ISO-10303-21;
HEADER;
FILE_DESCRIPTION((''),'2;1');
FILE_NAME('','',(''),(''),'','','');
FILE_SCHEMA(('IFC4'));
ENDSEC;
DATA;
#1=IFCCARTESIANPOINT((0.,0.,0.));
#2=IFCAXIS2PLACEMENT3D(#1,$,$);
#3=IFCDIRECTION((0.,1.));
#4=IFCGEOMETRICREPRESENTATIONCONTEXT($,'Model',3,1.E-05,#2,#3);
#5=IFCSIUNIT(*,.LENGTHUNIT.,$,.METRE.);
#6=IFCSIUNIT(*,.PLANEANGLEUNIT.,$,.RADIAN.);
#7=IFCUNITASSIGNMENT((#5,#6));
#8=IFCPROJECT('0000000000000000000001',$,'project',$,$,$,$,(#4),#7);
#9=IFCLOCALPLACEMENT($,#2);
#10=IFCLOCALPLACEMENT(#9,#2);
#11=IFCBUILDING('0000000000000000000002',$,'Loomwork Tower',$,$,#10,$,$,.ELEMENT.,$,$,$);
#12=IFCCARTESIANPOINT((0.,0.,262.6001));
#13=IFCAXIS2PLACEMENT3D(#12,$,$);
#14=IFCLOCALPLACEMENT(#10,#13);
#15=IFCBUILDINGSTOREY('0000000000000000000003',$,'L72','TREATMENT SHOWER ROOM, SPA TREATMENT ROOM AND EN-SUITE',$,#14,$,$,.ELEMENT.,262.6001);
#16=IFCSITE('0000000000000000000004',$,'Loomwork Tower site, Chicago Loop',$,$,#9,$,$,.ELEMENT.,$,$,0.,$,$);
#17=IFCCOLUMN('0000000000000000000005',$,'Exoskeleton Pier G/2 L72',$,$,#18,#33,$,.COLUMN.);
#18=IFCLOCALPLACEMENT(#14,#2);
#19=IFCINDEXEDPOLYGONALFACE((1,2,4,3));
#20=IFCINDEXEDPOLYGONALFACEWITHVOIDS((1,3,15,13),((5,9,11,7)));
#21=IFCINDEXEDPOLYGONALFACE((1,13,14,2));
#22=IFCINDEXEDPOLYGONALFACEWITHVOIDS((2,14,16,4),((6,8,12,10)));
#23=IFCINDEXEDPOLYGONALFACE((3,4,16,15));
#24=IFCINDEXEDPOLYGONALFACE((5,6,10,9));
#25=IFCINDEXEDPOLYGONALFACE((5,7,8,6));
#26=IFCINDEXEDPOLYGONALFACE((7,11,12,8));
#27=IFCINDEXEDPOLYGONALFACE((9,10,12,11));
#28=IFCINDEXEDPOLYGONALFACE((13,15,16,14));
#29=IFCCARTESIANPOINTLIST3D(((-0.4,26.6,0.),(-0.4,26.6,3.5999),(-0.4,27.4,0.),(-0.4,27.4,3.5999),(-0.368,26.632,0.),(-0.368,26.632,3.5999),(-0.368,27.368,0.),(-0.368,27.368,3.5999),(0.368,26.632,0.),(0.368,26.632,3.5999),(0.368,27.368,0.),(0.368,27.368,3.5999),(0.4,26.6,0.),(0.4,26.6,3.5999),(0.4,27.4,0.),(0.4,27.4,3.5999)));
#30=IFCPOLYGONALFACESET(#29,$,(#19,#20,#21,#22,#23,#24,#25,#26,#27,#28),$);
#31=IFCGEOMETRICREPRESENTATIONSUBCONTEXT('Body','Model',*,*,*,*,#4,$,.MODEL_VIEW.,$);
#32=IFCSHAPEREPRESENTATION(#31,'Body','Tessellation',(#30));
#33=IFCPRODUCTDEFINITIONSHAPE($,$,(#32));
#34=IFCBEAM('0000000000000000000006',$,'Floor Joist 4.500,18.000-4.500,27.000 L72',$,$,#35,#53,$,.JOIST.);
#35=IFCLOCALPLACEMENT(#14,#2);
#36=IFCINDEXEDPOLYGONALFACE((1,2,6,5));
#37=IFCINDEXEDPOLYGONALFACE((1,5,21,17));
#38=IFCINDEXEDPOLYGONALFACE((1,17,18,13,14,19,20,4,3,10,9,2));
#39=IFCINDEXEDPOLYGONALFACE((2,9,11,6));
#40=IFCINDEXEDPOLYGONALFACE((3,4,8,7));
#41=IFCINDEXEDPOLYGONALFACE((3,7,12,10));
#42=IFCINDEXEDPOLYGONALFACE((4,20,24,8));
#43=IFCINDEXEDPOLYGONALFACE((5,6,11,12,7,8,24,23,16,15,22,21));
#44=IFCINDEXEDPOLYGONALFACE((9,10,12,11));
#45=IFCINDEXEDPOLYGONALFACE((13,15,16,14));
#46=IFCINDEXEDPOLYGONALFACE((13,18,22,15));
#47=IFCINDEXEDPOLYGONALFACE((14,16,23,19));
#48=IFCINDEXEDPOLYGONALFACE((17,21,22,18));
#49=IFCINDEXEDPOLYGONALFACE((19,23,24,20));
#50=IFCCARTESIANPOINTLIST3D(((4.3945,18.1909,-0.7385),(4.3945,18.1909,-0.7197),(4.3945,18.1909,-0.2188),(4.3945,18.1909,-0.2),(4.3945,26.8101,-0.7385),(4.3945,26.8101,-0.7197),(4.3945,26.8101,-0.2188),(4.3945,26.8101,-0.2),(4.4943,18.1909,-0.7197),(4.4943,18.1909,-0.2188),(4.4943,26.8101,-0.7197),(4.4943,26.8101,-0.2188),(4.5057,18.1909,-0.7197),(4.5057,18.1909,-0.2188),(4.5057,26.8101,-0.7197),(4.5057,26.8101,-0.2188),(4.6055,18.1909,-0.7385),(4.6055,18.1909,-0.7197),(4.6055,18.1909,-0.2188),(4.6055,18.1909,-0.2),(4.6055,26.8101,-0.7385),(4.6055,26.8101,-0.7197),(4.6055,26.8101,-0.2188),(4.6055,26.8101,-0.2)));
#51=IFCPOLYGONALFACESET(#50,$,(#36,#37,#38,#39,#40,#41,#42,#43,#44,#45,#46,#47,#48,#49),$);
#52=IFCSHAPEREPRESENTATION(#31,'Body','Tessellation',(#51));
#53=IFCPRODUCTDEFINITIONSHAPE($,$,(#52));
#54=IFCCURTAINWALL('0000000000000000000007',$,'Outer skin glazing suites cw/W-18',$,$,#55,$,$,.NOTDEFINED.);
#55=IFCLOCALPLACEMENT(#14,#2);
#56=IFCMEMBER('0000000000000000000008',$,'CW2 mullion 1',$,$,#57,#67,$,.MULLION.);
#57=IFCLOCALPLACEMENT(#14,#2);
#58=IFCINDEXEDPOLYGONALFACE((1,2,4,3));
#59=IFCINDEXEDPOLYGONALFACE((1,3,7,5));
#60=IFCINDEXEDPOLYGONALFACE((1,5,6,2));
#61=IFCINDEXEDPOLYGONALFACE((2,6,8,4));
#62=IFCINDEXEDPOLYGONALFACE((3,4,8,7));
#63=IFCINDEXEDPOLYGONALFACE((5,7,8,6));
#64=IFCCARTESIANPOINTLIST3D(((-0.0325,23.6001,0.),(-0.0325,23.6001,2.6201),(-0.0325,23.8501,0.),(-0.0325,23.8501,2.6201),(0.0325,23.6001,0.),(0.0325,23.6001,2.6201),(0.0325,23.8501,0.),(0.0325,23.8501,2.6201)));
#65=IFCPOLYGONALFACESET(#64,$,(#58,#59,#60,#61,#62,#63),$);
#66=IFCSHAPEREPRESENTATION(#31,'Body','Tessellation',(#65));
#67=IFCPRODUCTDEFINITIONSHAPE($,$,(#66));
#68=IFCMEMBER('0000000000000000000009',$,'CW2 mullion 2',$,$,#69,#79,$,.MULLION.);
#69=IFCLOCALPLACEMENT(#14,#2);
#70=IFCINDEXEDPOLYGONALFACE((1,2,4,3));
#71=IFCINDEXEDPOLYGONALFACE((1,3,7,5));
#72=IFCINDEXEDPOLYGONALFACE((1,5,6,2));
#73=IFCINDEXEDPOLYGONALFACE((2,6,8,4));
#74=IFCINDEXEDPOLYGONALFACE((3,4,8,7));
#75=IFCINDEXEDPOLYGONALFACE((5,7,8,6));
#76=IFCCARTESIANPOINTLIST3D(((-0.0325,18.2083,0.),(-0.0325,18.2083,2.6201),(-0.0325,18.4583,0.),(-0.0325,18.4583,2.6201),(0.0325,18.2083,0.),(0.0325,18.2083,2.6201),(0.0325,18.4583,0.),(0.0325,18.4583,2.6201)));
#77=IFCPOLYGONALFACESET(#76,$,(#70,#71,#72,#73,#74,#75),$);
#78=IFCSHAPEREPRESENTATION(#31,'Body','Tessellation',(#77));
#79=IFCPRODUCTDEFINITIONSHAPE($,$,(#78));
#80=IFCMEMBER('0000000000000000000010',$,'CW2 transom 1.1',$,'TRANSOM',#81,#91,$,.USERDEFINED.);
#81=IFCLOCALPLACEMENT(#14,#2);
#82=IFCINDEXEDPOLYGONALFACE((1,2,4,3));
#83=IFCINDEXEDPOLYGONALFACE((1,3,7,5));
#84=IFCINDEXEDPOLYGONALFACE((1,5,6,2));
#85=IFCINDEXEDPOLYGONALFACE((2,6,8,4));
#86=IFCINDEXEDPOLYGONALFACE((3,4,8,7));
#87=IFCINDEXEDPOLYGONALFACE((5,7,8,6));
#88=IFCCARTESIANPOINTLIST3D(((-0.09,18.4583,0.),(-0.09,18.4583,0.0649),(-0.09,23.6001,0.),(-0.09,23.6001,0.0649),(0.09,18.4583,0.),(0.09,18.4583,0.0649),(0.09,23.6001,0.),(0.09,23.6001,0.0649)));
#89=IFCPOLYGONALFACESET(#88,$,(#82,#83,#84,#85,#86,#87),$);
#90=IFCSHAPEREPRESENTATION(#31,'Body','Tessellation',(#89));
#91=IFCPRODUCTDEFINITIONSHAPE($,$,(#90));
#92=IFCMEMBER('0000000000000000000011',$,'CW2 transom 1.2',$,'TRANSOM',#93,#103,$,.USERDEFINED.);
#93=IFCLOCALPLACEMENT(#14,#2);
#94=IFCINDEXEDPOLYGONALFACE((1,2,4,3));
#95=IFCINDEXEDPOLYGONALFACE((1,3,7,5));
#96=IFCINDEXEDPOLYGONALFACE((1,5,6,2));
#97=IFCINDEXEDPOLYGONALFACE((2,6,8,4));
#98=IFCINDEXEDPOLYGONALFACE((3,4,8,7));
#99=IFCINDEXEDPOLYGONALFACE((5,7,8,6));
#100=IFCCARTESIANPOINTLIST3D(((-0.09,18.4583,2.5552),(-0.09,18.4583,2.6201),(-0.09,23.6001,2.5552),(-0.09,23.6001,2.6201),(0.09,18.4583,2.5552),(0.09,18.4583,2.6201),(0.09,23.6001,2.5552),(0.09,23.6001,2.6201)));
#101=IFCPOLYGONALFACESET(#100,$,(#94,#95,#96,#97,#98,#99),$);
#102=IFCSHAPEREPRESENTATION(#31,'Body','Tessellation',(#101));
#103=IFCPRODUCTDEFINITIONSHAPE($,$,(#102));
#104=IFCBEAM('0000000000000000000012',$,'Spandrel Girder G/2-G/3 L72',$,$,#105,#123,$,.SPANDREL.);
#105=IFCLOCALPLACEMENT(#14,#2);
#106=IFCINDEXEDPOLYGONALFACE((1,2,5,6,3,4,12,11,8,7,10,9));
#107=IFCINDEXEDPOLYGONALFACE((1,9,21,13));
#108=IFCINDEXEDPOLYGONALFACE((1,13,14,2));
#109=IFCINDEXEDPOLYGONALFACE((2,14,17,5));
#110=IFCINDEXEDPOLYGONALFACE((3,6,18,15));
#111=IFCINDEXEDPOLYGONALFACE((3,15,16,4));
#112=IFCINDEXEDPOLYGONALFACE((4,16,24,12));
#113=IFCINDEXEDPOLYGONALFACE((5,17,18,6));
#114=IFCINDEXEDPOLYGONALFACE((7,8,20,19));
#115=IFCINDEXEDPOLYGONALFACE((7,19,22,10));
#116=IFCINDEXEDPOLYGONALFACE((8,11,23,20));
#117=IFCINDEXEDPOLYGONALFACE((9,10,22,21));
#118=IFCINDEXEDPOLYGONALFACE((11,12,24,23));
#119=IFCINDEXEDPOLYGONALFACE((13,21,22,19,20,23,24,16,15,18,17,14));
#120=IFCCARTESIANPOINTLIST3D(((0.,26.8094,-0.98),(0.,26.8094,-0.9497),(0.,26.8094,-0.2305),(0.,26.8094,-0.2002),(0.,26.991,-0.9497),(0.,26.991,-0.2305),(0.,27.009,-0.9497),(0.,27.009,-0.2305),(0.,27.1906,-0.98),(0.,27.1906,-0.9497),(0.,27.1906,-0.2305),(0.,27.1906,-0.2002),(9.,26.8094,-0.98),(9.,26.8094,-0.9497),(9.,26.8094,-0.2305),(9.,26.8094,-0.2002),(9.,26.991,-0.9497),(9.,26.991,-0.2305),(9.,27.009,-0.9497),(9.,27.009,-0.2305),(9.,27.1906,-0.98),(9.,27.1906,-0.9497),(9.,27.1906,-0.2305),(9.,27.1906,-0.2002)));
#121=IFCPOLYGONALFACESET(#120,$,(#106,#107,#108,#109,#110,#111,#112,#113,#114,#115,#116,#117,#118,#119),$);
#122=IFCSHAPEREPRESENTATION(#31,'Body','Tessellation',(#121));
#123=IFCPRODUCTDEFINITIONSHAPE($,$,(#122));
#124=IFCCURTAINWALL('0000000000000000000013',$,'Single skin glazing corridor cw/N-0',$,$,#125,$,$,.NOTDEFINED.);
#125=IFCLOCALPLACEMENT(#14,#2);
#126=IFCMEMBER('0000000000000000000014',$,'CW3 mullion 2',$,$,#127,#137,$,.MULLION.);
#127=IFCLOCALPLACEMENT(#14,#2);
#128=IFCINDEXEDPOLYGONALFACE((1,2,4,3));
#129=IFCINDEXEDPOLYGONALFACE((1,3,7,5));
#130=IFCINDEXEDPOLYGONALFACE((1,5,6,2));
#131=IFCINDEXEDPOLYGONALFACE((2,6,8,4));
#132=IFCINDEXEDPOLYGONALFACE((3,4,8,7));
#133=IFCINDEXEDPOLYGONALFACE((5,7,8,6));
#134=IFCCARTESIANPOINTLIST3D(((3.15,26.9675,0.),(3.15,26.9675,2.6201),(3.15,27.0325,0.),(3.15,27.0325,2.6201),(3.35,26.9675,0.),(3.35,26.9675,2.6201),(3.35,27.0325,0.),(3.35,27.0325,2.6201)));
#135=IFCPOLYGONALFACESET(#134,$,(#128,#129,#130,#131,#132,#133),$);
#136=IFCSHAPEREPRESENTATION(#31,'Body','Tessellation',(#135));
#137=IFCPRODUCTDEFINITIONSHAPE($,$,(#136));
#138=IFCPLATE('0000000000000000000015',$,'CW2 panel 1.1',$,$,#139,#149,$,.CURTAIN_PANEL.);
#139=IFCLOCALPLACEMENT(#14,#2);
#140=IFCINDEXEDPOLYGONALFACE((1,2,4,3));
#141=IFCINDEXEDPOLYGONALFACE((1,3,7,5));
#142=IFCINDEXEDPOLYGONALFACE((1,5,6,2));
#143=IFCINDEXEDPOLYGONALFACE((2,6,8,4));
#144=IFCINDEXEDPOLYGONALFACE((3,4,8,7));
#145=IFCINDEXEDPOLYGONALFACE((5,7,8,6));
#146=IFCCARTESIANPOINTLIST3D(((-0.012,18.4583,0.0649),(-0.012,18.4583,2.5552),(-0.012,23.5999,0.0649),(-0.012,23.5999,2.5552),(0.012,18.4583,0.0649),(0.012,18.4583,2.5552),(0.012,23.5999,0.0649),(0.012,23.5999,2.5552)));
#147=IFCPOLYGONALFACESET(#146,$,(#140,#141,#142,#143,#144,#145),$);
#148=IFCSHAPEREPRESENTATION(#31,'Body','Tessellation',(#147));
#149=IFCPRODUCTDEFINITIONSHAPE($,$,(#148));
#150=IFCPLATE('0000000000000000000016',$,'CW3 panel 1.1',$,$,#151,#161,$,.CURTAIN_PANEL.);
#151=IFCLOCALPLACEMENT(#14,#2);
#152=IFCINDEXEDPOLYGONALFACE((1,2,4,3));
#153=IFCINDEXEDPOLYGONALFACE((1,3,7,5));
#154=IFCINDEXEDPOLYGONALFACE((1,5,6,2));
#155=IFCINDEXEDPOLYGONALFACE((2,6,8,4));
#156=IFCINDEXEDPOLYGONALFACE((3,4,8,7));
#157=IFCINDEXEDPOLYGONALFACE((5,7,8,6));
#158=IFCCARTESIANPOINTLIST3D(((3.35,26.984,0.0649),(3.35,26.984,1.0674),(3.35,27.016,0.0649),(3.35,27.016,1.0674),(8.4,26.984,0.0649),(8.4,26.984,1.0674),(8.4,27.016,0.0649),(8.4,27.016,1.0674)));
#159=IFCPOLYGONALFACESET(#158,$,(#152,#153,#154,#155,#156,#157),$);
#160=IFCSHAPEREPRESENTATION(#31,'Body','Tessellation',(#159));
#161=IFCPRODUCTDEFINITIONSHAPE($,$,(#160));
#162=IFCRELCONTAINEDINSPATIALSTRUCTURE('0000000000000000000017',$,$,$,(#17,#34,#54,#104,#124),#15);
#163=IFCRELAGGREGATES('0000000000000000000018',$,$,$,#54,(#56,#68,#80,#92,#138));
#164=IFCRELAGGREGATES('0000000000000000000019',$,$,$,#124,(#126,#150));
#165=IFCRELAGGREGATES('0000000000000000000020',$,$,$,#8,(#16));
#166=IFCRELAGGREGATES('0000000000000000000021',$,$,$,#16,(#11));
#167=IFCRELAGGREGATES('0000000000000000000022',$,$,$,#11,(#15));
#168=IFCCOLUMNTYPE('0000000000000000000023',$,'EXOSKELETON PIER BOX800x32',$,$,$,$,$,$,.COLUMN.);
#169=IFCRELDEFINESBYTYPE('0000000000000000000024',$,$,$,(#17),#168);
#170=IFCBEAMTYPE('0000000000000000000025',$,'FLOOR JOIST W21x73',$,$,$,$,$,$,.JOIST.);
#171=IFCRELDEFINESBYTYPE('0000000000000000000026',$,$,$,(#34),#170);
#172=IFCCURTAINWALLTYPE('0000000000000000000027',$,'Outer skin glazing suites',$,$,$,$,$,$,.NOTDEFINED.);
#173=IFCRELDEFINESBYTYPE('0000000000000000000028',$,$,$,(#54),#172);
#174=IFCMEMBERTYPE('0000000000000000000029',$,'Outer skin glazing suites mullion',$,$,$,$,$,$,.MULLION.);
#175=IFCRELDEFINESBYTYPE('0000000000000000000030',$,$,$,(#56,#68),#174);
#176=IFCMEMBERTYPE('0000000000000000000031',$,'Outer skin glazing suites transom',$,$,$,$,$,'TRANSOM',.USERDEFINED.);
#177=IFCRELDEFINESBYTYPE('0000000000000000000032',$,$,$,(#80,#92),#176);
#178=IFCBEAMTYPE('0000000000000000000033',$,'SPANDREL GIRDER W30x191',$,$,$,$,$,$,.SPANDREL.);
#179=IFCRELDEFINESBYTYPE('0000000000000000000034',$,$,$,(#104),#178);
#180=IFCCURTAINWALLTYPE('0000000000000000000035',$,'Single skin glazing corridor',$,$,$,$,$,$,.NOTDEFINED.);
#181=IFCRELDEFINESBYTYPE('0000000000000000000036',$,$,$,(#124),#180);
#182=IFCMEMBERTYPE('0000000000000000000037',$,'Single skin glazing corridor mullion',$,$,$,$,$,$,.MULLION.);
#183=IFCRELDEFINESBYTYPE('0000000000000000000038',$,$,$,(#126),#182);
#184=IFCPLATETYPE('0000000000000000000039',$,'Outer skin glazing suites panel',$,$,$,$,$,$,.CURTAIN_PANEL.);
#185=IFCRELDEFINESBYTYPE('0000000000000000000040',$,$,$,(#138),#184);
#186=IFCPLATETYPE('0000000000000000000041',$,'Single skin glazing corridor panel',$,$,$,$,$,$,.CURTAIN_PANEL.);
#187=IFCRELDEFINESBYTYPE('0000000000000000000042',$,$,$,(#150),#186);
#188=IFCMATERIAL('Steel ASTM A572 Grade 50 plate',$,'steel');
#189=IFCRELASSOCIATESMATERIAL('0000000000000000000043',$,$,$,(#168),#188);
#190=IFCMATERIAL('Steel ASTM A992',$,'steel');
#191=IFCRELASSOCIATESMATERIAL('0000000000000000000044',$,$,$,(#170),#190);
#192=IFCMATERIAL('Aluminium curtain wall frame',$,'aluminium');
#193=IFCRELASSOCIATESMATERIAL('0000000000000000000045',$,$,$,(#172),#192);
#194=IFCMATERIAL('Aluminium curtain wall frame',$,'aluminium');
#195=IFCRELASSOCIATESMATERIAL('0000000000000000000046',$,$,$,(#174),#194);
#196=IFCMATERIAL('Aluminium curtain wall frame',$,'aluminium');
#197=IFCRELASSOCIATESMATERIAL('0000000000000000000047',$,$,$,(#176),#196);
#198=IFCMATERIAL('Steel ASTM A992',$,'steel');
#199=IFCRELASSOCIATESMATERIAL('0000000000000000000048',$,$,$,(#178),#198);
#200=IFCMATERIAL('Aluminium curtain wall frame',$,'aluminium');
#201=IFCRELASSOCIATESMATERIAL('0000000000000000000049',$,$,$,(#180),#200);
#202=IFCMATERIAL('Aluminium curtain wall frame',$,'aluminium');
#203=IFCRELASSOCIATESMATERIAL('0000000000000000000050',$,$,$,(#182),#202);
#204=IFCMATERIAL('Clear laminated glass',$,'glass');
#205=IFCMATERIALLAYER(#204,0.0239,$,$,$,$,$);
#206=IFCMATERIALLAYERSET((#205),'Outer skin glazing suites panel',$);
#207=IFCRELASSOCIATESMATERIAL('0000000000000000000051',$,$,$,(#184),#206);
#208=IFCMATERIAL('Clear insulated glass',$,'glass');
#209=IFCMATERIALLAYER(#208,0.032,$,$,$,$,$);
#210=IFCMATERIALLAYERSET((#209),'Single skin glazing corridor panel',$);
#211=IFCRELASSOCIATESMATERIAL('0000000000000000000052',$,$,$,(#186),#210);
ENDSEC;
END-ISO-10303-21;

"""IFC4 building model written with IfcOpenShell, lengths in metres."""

from ifc_helpers import new_model, si_unit, direction, frame, origin, origin_2d, place, context, subcontext, project, spatial, rectangle, hollow_rectangle, i_section, extrude, material, layer, layer_set, material_profile, profile_set, type_object, element, aggregate, save


model = new_model("IFC4")

# Units and contexts
model_context = context("Model", 3, precision=1e-05, world=origin(), true_north=direction((0.0, 1.0)))
body_context = subcontext(model_context, "Body", "Model", "MODEL_VIEW")
ifc_project = project(units=[si_unit("LENGTHUNIT", "METRE"), si_unit("PLANEANGLEUNIT", "RADIAN")], contexts=[model_context])

# Site, building, storey
site_placement = place(None, origin())
site = spatial("IfcSite", under=ifc_project, at=site_placement, Name="Loomwork Tower site, Chicago Loop", CompositionType="ELEMENT", RefElevation=0.0)
building_placement = place(site_placement, origin())
building = spatial("IfcBuilding", under=site, at=building_placement, Name="Loomwork Tower", CompositionType="ELEMENT")
storey_placement = place(building_placement, frame((0.0, 0.0, 262.6001)))
storey = spatial("IfcBuildingStorey", under=building, at=storey_placement, Name="L72", Description="TREATMENT SHOWER ROOM, SPA TREATMENT ROOM AND EN-SUITE", CompositionType="ELEMENT", Elevation=262.6001)

# Column
ifc_material_1 = material(Name="Steel ASTM A572 Grade 50 plate", Category="steel")
ifc_material_profile_1 = material_profile(ifc_material_1, hollow_rectangle(XDim=0.8, YDim=0.8, WallThickness=0.032, at=origin_2d()), Name="BOX800x32")
ifc_profile_set_1 = profile_set([ifc_material_profile_1], Name="Steel ASTM A572 Grade 50 plate")
column_type = type_object("IfcColumnType", Name="EXOSKELETON PIER BOX800x32", PredefinedType="COLUMN", material=ifc_profile_set_1)
column_placement = place(storey_placement, frame((0.0, 27.0, 0.0), z_axis=(0.0, 0.0, 1.0), x_axis=(0.0, 1.0, 0.0)))
element("IfcColumn", 1, at=column_placement, inside=storey, type_object=column_type, Name="Exoskeleton Pier G/2 L72", PredefinedType="COLUMN", context=body_context, shape_type="SweptSolid", body=[
    extrude(hollow_rectangle(XDim=0.8, YDim=0.8, WallThickness=0.032, at=origin_2d()), origin(), (0.0, 0.0, 1.0), 3.5999),
])

# Beam
ifc_material_2 = material(Name="Steel ASTM A992", Category="steel")
ifc_material_profile_2 = material_profile(ifc_material_2, i_section(OverallWidth=0.2109, OverallDepth=0.5386, WebThickness=0.0115, FlangeThickness=0.0188, at=origin_2d()), Name="W21x73")
ifc_profile_set_2 = profile_set([ifc_material_profile_2], Name="Steel ASTM A992")
beam_type_1 = type_object("IfcBeamType", Name="FLOOR JOIST W21x73", PredefinedType="JOIST", material=ifc_profile_set_2)
beam_1_placement = place(storey_placement, frame((4.5, 18.1909, -0.4692), z_axis=(0.0, 1.0, 0.0), x_axis=(-1.0, 0.0, 0.0)))
element("IfcBeam", 2, at=beam_1_placement, inside=storey, type_object=beam_type_1, Name="Floor Joist 4.500,18.000-4.500,27.000 L72", PredefinedType="JOIST", context=body_context, shape_type="SweptSolid", body=[
    extrude(i_section(OverallWidth=0.2109, OverallDepth=0.5386, WebThickness=0.0115, FlangeThickness=0.0188, at=origin_2d()), origin(), (0.0, 0.0, 1.0), 8.6191),
])

# Curtain wall, members
ifc_material_3 = material(Name="Aluminium curtain wall frame", Category="aluminium")
curtain_wall_type_1 = type_object("IfcCurtainWallType", Name="Outer skin glazing suites", PredefinedType="NOTDEFINED", material=ifc_material_3)
curtain_wall_1_placement = place(storey_placement, origin())
curtain_wall_1 = element("IfcCurtainWall", 3, at=curtain_wall_1_placement, inside=storey, type_object=curtain_wall_type_1, Name="Outer skin glazing suites cw/W-18", PredefinedType="NOTDEFINED")
ifc_material_4 = material(Name="Aluminium curtain wall frame", Category="aluminium")
ifc_material_profile_3 = material_profile(ifc_material_4, rectangle(XDim=0.0649, YDim=0.25, at=origin_2d()), Name="AL 65x250")
ifc_profile_set_3 = profile_set([ifc_material_profile_3], Name="Aluminium curtain wall frame")
member_type_1 = type_object("IfcMemberType", Name="Outer skin glazing suites mullion", PredefinedType="MULLION", material=ifc_profile_set_3)
member_1_placement = place(storey_placement, frame((0.0, 23.7251, 0.0), z_axis=(0.0, 0.0, 1.0), x_axis=(1.0, 0.0, 0.0)))
member_1 = element("IfcMember", 4, at=member_1_placement, type_object=member_type_1, Name="CW2 mullion 1", PredefinedType="MULLION", context=body_context, shape_type="SweptSolid", body=[
    extrude(rectangle(XDim=0.0649, YDim=0.25, at=origin_2d()), origin(), (0.0, 0.0, 1.0), 2.6201),
])
member_2_placement = place(storey_placement, frame((0.0, 18.3333, 0.0), z_axis=(0.0, 0.0, 1.0), x_axis=(1.0, 0.0, 0.0)))
member_2 = element("IfcMember", 5, at=member_2_placement, type_object=member_type_1, Name="CW2 mullion 2", PredefinedType="MULLION", context=body_context, shape_type="SweptSolid", body=[
    extrude(rectangle(XDim=0.0649, YDim=0.25, at=origin_2d()), origin(), (0.0, 0.0, 1.0), 2.6201),
])
ifc_material_5 = material(Name="Aluminium curtain wall frame", Category="aluminium")
ifc_material_profile_4 = material_profile(ifc_material_5, rectangle(XDim=0.1799, YDim=0.0649, at=origin_2d()), Name="AL 65x180")
ifc_profile_set_4 = profile_set([ifc_material_profile_4], Name="Aluminium curtain wall frame")
member_type_2 = type_object("IfcMemberType", Name="Outer skin glazing suites transom", ElementType="TRANSOM", PredefinedType="USERDEFINED", material=ifc_profile_set_4)
member_3_placement = place(storey_placement, frame((0.0, 23.6001, 0.0325), z_axis=(0.0, -1.0, 0.0), x_axis=(1.0, 0.0, 0.0)))
member_3 = element("IfcMember", 6, at=member_3_placement, type_object=member_type_2, Name="CW2 transom 1.1", ObjectType="TRANSOM", PredefinedType="USERDEFINED", context=body_context, shape_type="SweptSolid", body=[
    extrude(rectangle(XDim=0.1799, YDim=0.0649, at=origin_2d()), origin(), (0.0, 0.0, 1.0), 5.1418),
])
member_4_placement = place(storey_placement, frame((0.0, 23.6001, 2.5876), z_axis=(0.0, -1.0, 0.0), x_axis=(1.0, 0.0, 0.0)))
member_4 = element("IfcMember", 7, at=member_4_placement, type_object=member_type_2, Name="CW2 transom 1.2", ObjectType="TRANSOM", PredefinedType="USERDEFINED", context=body_context, shape_type="SweptSolid", body=[
    extrude(rectangle(XDim=0.1799, YDim=0.0649, at=origin_2d()), origin(), (0.0, 0.0, 1.0), 5.1418),
])

# Beam
ifc_material_6 = material(Name="Steel ASTM A992", Category="steel")
ifc_material_profile_5 = material_profile(ifc_material_6, i_section(OverallWidth=0.3811, OverallDepth=0.7798, WebThickness=0.0181, FlangeThickness=0.0303, at=origin_2d()), Name="W30x191")
ifc_profile_set_5 = profile_set([ifc_material_profile_5], Name="Steel ASTM A992")
beam_type_2 = type_object("IfcBeamType", Name="SPANDREL GIRDER W30x191", PredefinedType="SPANDREL", material=ifc_profile_set_5)
beam_2_placement = place(storey_placement, frame((0.0, 27.0, -0.5901), z_axis=(1.0, 0.0, 0.0), x_axis=(0.0, 1.0, 0.0)))
element("IfcBeam", 8, at=beam_2_placement, inside=storey, type_object=beam_type_2, Name="Spandrel Girder G/2-G/3 L72", PredefinedType="SPANDREL", context=body_context, shape_type="SweptSolid", body=[
    extrude(i_section(OverallWidth=0.3811, OverallDepth=0.7798, WebThickness=0.0181, FlangeThickness=0.0303, at=origin_2d()), origin(), (0.0, 0.0, 1.0), 9.0),
])

# Curtain wall, member
ifc_material_7 = material(Name="Aluminium curtain wall frame", Category="aluminium")
curtain_wall_type_2 = type_object("IfcCurtainWallType", Name="Single skin glazing corridor", PredefinedType="NOTDEFINED", material=ifc_material_7)
curtain_wall_2_placement = place(storey_placement, origin())
curtain_wall_2 = element("IfcCurtainWall", 9, at=curtain_wall_2_placement, inside=storey, type_object=curtain_wall_type_2, Name="Single skin glazing corridor cw/N-0", PredefinedType="NOTDEFINED")
ifc_material_8 = material(Name="Aluminium curtain wall frame", Category="aluminium")
ifc_material_profile_6 = material_profile(ifc_material_8, rectangle(XDim=0.0649, YDim=0.2, at=origin_2d()), Name="AL 65x200")
ifc_profile_set_6 = profile_set([ifc_material_profile_6], Name="Aluminium curtain wall frame")
member_type_3 = type_object("IfcMemberType", Name="Single skin glazing corridor mullion", PredefinedType="MULLION", material=ifc_profile_set_6)
member_5_placement = place(storey_placement, frame((3.25, 27.0, 0.0), z_axis=(0.0, 0.0, 1.0), x_axis=(0.0, -1.0, 0.0)))
member_5 = element("IfcMember", 10, at=member_5_placement, type_object=member_type_3, Name="CW3 mullion 2", PredefinedType="MULLION", context=body_context, shape_type="SweptSolid", body=[
    extrude(rectangle(XDim=0.0649, YDim=0.2, at=origin_2d()), origin(), (0.0, 0.0, 1.0), 2.6201),
])

# Plates
ifc_material_9 = material(Name="Clear laminated glass", Category="glass")
ifc_layer_1 = layer(ifc_material_9, 0.0239)
ifc_layer_set_1 = layer_set([ifc_layer_1], Name="Outer skin glazing suites panel")
plate_type_1 = type_object("IfcPlateType", Name="Outer skin glazing suites panel", PredefinedType="CURTAIN_PANEL", material=ifc_layer_set_1)
plate_1_placement = place(storey_placement, frame((0.0, 21.0291, 0.0649), z_axis=(0.0, 0.0, 1.0), x_axis=(0.0, -1.0, 0.0)))
plate_1 = element("IfcPlate", 11, at=plate_1_placement, type_object=plate_type_1, Name="CW2 panel 1.1", PredefinedType="CURTAIN_PANEL", context=body_context, shape_type="SweptSolid", body=[
    extrude(rectangle(XDim=5.1416, YDim=0.0239, at=origin_2d()), origin(), (0.0, 0.0, 1.0), 2.4902),
])
aggregate(curtain_wall_1, [member_1, member_2, member_3, member_4, plate_1])
ifc_material_10 = material(Name="Clear insulated glass", Category="glass")
ifc_layer_2 = layer(ifc_material_10, 0.032)
ifc_layer_set_2 = layer_set([ifc_layer_2], Name="Single skin glazing corridor panel")
plate_type_2 = type_object("IfcPlateType", Name="Single skin glazing corridor panel", PredefinedType="CURTAIN_PANEL", material=ifc_layer_set_2)
plate_2_placement = place(storey_placement, frame((5.875, 27.0, 0.0649), z_axis=(0.0, 0.0, 1.0), x_axis=(-1.0, 0.0, 0.0)))
plate_2 = element("IfcPlate", 12, at=plate_2_placement, type_object=plate_type_2, Name="CW3 panel 1.1", PredefinedType="CURTAIN_PANEL", context=body_context, shape_type="SweptSolid", body=[
    extrude(rectangle(XDim=5.05, YDim=0.032, at=origin_2d()), origin(), (0.0, 0.0, 1.0), 1.0024),
])
aggregate(curtain_wall_2, [member_5, plate_2])

save(model, "model.ifc")
